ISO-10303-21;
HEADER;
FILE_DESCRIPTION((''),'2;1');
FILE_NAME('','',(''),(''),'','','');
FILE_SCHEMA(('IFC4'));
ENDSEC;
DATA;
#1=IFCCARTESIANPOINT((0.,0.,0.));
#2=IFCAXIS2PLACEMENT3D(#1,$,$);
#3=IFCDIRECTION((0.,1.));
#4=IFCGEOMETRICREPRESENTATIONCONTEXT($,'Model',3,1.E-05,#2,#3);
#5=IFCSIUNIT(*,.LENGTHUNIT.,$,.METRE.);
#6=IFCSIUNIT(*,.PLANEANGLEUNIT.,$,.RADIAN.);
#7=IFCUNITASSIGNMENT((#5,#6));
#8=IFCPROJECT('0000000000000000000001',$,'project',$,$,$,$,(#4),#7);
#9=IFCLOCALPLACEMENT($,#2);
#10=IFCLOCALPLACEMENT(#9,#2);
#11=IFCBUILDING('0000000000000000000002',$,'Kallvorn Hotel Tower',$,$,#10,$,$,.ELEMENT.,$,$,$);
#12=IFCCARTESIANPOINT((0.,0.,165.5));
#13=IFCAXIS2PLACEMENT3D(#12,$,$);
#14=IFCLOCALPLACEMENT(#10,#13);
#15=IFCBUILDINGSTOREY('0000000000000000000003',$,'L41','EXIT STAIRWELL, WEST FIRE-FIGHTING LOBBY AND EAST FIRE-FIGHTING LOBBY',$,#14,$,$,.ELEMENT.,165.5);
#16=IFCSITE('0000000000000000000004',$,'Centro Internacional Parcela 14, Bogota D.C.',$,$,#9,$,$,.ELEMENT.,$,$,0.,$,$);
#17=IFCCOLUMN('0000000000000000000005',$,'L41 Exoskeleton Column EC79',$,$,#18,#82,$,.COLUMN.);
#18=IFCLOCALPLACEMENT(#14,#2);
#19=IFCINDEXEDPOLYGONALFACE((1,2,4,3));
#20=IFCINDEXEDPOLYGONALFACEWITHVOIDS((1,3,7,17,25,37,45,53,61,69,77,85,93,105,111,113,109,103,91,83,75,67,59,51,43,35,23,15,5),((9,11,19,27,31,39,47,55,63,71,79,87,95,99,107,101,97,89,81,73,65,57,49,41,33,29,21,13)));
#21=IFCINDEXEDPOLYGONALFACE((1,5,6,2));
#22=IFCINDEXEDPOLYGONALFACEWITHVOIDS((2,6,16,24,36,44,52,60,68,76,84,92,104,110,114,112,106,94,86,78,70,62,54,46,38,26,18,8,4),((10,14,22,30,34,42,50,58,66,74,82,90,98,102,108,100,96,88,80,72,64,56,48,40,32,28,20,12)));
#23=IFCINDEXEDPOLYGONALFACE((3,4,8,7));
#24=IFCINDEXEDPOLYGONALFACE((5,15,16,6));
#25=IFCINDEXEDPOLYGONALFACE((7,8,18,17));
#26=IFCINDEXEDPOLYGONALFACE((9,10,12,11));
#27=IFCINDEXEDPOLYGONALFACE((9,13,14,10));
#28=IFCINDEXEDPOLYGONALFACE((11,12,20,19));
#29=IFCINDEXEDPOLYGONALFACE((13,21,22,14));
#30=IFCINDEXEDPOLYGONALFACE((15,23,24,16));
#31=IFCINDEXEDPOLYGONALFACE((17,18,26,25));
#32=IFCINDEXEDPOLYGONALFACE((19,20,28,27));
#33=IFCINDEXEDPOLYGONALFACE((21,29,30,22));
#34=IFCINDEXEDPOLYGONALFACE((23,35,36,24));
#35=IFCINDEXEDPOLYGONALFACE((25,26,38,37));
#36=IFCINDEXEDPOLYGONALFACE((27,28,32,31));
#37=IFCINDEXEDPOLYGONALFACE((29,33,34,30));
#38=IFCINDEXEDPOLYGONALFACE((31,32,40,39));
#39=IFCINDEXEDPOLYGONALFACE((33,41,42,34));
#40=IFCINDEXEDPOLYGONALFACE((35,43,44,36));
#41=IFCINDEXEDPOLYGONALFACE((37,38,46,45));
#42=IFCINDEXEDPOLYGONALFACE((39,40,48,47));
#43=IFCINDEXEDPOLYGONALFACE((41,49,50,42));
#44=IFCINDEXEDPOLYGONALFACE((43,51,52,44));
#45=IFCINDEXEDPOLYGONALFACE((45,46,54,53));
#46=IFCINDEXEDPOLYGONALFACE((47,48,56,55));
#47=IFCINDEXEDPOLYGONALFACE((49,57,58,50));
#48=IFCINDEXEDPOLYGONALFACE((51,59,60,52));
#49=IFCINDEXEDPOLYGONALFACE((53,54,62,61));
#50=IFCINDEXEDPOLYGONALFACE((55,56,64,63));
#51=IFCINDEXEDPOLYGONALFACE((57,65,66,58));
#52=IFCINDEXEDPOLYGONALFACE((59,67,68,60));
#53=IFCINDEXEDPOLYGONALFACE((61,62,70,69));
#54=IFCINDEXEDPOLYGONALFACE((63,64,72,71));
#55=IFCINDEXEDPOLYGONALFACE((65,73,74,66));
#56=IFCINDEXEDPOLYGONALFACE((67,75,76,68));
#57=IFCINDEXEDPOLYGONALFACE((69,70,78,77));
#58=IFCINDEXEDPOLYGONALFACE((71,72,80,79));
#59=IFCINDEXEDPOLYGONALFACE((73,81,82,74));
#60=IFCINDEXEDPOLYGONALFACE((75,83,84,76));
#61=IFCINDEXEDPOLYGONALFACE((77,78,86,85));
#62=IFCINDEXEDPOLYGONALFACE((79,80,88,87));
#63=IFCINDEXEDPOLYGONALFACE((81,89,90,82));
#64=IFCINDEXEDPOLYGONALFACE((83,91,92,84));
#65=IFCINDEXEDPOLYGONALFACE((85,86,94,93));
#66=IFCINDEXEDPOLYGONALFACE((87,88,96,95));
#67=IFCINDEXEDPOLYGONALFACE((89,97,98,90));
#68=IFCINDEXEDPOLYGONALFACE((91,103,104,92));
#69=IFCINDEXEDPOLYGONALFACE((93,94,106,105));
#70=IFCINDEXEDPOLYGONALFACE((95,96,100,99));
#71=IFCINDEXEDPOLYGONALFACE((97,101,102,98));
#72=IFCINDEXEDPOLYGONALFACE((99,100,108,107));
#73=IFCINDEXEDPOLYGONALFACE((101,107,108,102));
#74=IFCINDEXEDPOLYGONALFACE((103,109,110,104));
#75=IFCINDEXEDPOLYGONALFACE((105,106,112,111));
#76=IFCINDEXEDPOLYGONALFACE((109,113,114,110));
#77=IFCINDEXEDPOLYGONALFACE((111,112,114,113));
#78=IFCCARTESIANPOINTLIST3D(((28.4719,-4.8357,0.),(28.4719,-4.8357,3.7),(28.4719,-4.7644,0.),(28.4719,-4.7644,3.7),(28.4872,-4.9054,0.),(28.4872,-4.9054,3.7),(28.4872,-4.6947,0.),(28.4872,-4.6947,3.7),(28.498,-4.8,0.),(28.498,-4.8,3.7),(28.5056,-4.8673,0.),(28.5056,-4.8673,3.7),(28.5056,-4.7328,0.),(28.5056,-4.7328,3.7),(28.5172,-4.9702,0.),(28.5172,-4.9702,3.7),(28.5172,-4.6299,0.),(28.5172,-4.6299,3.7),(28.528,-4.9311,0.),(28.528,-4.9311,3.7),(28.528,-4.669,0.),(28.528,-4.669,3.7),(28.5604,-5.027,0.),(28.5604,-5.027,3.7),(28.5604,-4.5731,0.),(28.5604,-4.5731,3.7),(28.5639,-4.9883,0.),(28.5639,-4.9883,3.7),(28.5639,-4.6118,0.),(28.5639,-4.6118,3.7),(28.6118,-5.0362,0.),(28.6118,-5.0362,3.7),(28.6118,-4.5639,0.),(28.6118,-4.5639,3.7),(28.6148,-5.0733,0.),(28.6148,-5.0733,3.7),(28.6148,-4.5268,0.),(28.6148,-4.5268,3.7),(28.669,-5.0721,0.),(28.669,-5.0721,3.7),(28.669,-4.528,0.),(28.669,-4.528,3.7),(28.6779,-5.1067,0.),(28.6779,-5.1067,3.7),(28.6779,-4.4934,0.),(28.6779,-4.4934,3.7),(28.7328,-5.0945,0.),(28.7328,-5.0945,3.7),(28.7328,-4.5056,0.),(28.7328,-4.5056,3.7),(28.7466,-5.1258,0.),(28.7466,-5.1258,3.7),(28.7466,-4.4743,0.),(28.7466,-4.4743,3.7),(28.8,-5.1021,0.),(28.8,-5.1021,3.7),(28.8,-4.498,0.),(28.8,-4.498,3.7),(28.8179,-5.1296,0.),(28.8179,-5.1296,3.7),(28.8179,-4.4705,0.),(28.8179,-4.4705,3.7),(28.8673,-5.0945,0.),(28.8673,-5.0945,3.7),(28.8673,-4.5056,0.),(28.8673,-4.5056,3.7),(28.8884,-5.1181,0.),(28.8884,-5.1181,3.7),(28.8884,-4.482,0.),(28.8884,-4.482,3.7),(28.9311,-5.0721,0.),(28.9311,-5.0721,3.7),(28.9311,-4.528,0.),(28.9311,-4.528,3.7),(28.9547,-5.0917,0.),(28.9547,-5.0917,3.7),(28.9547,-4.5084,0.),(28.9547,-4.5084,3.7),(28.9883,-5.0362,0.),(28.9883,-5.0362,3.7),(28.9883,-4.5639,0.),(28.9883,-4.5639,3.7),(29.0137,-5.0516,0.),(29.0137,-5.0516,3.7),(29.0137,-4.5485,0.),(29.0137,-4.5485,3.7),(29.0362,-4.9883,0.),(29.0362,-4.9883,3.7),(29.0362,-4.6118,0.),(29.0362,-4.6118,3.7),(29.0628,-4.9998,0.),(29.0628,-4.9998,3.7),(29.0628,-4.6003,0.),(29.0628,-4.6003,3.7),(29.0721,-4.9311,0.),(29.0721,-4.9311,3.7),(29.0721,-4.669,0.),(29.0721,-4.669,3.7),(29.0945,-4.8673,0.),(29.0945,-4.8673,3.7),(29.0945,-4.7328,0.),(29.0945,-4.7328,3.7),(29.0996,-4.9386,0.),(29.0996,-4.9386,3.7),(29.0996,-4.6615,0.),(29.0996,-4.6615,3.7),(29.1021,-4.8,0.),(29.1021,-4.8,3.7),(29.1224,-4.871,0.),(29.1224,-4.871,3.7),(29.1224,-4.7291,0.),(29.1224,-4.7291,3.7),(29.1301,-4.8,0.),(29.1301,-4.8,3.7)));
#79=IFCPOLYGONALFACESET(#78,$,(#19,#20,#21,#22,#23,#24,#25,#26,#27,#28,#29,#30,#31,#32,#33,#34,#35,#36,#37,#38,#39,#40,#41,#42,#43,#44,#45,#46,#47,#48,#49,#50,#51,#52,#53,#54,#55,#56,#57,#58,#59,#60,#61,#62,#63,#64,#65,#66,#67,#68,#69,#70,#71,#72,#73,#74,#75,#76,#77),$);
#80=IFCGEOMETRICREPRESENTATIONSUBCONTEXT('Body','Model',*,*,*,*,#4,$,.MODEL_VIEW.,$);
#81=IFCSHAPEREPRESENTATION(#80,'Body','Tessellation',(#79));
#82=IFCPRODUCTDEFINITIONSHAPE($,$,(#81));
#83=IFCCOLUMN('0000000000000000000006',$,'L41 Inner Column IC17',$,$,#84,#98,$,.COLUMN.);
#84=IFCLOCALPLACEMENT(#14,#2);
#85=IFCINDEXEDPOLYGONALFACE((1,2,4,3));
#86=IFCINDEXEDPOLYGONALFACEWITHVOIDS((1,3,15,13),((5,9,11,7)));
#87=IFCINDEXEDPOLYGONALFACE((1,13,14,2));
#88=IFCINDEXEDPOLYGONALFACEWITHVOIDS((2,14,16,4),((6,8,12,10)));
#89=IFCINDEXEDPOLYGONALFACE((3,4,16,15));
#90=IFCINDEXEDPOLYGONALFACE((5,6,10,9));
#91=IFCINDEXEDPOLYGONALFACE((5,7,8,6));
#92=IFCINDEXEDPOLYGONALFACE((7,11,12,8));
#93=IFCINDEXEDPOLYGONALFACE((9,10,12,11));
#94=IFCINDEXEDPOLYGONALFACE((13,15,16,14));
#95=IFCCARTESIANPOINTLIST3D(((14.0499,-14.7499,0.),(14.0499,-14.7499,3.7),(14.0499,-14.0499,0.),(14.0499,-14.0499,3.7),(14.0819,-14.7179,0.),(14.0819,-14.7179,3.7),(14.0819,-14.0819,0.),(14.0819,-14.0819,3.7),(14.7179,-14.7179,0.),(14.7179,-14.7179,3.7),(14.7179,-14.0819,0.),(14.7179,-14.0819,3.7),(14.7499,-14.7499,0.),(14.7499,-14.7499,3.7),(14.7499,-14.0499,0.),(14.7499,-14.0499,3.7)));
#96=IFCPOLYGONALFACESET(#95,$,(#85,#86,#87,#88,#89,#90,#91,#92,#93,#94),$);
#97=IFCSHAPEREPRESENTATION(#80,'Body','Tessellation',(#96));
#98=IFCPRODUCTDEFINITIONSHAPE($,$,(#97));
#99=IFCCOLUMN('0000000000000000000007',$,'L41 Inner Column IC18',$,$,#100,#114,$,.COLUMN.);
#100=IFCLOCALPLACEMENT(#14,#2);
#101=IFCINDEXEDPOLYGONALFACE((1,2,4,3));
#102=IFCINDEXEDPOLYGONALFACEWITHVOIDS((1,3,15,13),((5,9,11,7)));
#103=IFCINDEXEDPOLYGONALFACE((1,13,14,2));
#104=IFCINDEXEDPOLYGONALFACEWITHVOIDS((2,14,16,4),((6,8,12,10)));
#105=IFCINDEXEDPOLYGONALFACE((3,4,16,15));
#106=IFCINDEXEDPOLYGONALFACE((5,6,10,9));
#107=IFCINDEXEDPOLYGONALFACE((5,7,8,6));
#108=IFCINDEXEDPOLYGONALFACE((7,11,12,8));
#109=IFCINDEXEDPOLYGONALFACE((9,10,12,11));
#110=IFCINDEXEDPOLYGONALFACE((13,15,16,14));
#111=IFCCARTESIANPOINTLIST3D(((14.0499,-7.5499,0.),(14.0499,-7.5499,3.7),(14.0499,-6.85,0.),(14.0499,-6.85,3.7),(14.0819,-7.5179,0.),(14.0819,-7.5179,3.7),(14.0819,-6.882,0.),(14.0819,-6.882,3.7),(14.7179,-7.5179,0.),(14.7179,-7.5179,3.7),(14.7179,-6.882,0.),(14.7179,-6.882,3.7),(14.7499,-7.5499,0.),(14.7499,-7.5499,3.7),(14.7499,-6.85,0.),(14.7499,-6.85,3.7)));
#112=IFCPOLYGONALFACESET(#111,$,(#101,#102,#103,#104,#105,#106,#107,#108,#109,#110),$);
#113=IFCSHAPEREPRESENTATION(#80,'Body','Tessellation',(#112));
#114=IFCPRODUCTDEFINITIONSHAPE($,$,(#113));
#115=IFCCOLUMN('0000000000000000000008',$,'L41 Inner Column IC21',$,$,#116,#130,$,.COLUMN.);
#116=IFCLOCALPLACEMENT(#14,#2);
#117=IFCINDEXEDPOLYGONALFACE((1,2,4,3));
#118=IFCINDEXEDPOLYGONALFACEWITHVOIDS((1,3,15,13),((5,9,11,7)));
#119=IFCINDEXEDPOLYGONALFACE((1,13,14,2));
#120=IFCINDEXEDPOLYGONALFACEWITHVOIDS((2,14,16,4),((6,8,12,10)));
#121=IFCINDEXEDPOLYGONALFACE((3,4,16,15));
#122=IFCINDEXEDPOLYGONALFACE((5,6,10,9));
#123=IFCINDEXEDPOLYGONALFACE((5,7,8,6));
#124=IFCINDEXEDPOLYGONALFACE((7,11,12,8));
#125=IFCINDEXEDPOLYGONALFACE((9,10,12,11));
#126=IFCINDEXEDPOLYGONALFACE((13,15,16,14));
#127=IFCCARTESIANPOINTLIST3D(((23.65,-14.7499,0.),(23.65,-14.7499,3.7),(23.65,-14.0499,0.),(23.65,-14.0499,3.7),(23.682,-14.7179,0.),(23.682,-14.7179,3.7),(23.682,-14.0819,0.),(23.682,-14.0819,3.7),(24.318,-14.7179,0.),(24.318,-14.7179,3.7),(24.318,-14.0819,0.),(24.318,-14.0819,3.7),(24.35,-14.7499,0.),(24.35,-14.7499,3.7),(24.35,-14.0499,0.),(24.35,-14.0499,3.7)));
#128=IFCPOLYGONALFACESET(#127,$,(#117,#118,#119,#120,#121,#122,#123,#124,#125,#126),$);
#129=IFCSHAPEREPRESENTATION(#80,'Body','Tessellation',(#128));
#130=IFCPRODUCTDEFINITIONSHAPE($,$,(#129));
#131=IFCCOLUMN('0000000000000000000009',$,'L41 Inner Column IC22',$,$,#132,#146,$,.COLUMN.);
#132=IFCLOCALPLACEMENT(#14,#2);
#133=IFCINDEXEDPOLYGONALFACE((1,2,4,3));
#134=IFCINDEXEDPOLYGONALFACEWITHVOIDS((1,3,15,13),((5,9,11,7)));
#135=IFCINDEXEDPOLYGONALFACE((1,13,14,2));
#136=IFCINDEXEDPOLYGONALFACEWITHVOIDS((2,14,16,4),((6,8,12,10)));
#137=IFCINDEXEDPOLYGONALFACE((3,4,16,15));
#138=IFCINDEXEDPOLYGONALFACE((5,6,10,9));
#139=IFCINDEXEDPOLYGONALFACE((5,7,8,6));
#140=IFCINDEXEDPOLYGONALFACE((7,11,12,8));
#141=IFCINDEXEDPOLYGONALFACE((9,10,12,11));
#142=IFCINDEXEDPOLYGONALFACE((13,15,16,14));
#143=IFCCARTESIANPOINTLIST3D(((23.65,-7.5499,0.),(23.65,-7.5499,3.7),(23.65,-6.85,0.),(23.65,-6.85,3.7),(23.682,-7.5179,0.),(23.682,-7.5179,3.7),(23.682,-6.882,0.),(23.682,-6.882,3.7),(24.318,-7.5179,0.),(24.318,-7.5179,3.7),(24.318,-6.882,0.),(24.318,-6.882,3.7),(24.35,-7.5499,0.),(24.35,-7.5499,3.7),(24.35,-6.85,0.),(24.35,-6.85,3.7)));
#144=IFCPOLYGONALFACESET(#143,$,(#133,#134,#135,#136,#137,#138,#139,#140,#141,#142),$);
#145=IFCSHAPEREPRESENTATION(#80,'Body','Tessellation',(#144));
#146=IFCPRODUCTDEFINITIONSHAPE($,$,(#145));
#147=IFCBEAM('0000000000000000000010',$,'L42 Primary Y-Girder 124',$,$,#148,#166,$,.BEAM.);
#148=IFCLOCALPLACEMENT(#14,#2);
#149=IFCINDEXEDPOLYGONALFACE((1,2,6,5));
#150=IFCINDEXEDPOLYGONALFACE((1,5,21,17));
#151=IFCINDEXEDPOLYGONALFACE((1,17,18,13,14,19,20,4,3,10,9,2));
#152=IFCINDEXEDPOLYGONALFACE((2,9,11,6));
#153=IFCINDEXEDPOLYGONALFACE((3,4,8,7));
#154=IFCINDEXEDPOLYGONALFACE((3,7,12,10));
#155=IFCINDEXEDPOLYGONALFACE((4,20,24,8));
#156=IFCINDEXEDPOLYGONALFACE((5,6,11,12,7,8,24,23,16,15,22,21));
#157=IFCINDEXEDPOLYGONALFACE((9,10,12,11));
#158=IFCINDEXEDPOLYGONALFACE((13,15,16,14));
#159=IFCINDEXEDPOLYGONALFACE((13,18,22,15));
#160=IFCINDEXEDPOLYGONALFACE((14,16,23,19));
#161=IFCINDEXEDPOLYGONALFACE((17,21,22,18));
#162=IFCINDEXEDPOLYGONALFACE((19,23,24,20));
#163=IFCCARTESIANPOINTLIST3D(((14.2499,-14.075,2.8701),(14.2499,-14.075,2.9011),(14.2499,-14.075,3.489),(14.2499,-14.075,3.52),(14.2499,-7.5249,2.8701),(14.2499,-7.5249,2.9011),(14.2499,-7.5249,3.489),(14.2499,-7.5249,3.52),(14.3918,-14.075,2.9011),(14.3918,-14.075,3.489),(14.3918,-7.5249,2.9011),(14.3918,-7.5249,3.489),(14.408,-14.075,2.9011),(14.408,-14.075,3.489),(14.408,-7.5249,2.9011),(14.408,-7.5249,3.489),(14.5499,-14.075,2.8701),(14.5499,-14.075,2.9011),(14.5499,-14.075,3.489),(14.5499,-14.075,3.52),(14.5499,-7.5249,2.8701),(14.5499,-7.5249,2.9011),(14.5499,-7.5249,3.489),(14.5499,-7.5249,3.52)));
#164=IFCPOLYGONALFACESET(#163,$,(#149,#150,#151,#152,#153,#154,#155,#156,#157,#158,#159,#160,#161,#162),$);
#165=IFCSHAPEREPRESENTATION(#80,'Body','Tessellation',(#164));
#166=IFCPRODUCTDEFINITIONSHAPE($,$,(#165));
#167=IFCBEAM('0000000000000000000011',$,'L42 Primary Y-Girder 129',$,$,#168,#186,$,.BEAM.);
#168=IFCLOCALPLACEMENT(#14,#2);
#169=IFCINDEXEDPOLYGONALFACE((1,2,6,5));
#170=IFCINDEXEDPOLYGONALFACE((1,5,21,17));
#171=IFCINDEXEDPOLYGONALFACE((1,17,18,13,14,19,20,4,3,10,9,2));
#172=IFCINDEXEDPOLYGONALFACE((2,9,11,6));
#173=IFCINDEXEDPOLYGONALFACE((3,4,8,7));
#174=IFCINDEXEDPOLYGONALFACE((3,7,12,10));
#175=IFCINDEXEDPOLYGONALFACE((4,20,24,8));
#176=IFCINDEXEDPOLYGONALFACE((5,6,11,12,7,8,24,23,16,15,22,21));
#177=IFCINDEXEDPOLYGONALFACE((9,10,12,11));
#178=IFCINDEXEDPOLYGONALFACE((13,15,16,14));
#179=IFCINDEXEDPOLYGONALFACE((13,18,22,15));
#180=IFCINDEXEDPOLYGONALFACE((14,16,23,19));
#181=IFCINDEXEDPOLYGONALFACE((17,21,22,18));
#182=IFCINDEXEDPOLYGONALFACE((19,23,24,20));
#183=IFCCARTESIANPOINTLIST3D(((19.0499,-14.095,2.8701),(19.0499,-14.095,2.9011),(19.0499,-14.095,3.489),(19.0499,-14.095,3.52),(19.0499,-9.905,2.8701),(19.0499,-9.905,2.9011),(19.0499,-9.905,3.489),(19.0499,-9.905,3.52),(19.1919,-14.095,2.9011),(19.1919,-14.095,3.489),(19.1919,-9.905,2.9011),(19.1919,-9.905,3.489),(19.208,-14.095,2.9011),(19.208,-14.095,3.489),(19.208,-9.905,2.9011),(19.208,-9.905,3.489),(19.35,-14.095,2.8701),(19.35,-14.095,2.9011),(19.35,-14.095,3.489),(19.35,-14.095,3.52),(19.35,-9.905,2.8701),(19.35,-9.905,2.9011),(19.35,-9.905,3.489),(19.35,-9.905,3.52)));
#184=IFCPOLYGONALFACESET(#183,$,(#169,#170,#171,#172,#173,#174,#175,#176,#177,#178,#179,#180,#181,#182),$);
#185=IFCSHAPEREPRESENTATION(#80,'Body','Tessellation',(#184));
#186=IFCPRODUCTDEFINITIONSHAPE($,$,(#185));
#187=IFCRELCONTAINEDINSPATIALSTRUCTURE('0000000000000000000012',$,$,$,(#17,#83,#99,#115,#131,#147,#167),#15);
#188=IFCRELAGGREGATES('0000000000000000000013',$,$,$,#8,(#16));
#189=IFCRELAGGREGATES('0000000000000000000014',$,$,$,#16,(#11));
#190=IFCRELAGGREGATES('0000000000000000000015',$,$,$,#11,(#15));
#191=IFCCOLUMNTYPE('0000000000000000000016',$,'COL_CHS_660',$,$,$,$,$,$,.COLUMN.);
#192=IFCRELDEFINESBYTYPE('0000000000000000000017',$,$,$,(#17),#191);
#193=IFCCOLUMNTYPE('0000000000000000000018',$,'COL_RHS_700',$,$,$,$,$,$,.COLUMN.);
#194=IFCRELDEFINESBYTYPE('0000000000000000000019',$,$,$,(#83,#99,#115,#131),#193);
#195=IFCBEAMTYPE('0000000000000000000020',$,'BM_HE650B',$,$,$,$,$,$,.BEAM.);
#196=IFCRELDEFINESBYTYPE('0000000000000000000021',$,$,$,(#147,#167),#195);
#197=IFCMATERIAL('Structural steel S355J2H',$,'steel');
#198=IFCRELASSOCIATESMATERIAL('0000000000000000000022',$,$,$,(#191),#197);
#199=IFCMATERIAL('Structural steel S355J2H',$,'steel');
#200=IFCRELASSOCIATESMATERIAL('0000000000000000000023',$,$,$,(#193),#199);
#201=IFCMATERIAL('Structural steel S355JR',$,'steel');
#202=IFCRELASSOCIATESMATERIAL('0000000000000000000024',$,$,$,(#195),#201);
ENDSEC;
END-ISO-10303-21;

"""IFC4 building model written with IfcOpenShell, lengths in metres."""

from ifc_helpers import new_model, si_unit, direction, frame, origin, origin_2d, place, context, subcontext, project, spatial, hollow_rectangle, hollow_circle, i_section, extrude, material, material_profile, profile_set, type_object, element, save


model = new_model("IFC4")

# Units and contexts
model_context = context("Model", 3, precision=1e-05, world=origin(), true_north=direction((0.0, 1.0)))
body_context = subcontext(model_context, "Body", "Model", "MODEL_VIEW")
ifc_project = project(units=[si_unit("LENGTHUNIT", "METRE"), si_unit("PLANEANGLEUNIT", "RADIAN")], contexts=[model_context])

# Site, building, storey
site_placement = place(None, origin())
site = spatial("IfcSite", under=ifc_project, at=site_placement, Name="Centro Internacional Parcela 14, Bogota D.C.", CompositionType="ELEMENT", RefElevation=0.0)
building_placement = place(site_placement, origin())
building = spatial("IfcBuilding", under=site, at=building_placement, Name="Kallvorn Hotel Tower", CompositionType="ELEMENT")
storey_placement = place(building_placement, frame((0.0, 0.0, 165.5)))
storey = spatial("IfcBuildingStorey", under=building, at=storey_placement, Name="L41", Description="EXIT STAIRWELL, WEST FIRE-FIGHTING LOBBY AND EAST FIRE-FIGHTING LOBBY", CompositionType="ELEMENT", Elevation=165.5)

# Columns
ifc_material_1 = material(Name="Structural steel S355J2H", Category="steel")
ifc_material_profile_1 = material_profile(ifc_material_1, hollow_circle(Radius=0.3301, WallThickness=0.0281, at=origin_2d()), Name="CHS 660x28")
ifc_profile_set_1 = profile_set([ifc_material_profile_1], Name="Structural steel S355J2H")
column_type_1 = type_object("IfcColumnType", Name="COL_CHS_660", PredefinedType="COLUMN", material=ifc_profile_set_1)
for number, where, z_axis, x_axis, name in (
    (1, (28.8, -4.8, 0.0), (0.0, 0.0, 1.0), (1.0, 0.0, 0.0), "L41 Exoskeleton Column EC79"),
):
    element("IfcColumn", number, at=place(storey_placement, frame(where, z_axis=z_axis, x_axis=x_axis)), inside=storey, type_object=column_type_1, Name=name, PredefinedType="COLUMN", context=body_context, shape_type="SweptSolid", body=[
        extrude(hollow_circle(Radius=0.3301, WallThickness=0.0281, at=origin_2d()), origin(), (0.0, 0.0, 1.0), 3.7),
    ])
ifc_material_2 = material(Name="Structural steel S355J2H", Category="steel")
ifc_material_profile_2 = material_profile(ifc_material_2, hollow_rectangle(XDim=0.7, YDim=0.7, WallThickness=0.032, at=origin_2d()), Name="RHS 700x700x32")
ifc_profile_set_2 = profile_set([ifc_material_profile_2], Name="Structural steel S355J2H")
column_type_2 = type_object("IfcColumnType", Name="COL_RHS_700", PredefinedType="COLUMN", material=ifc_profile_set_2)
for number, where, z_axis, x_axis, name in (
    (2, (14.3999, -14.3999, 0.0), (0.0, 0.0, 1.0), (1.0, 0.0, 0.0), "L41 Inner Column IC17"),
    (3, (14.3999, -7.2, 0.0), (0.0, 0.0, 1.0), (1.0, 0.0, 0.0), "L41 Inner Column IC18"),
    (4, (24.0, -14.3999, 0.0), (0.0, 0.0, 1.0), (1.0, 0.0, 0.0), "L41 Inner Column IC21"),
    (5, (24.0, -7.2, 0.0), (0.0, 0.0, 1.0), (1.0, 0.0, 0.0), "L41 Inner Column IC22"),
):
    element("IfcColumn", number, at=place(storey_placement, frame(where, z_axis=z_axis, x_axis=x_axis)), inside=storey, type_object=column_type_2, Name=name, PredefinedType="COLUMN", context=body_context, shape_type="SweptSolid", body=[
        extrude(hollow_rectangle(XDim=0.7, YDim=0.7, WallThickness=0.032, at=origin_2d()), origin(), (0.0, 0.0, 1.0), 3.7),
    ])

# Beams
ifc_material_3 = material(Name="Structural steel S355JR", Category="steel")
ifc_material_profile_3 = material_profile(ifc_material_3, i_section(OverallWidth=0.3, OverallDepth=0.6499, WebThickness=0.0161, FlangeThickness=0.031, at=origin_2d()), Name="HE 650 B")
ifc_profile_set_3 = profile_set([ifc_material_profile_3], Name="Structural steel S355JR")
beam_type_1 = type_object("IfcBeamType", Name="BM_HE650B", PredefinedType="BEAM", material=ifc_profile_set_3)
beam_1_placement = place(storey_placement, frame((14.3999, -14.075, 3.1951), z_axis=(0.0, 1.0, 0.0), x_axis=(-1.0, 0.0, 0.0)))
element("IfcBeam", 6, at=beam_1_placement, inside=storey, type_object=beam_type_1, Name="L42 Primary Y-Girder 124", PredefinedType="BEAM", context=body_context, shape_type="SweptSolid", body=[
    extrude(i_section(OverallWidth=0.3, OverallDepth=0.6499, WebThickness=0.0161, FlangeThickness=0.031, at=origin_2d()), origin(), (0.0, 0.0, 1.0), 6.55),
])
beam_2_placement = place(storey_placement, frame((19.2, -14.095, 3.1951), z_axis=(0.0, 1.0, 0.0), x_axis=(-1.0, 0.0, 0.0)))
element("IfcBeam", 7, at=beam_2_placement, inside=storey, type_object=beam_type_1, Name="L42 Primary Y-Girder 129", PredefinedType="BEAM", context=body_context, shape_type="SweptSolid", body=[
    extrude(i_section(OverallWidth=0.3, OverallDepth=0.6499, WebThickness=0.0161, FlangeThickness=0.031, at=origin_2d()), origin(), (0.0, 0.0, 1.0), 4.1899),
])

save(model, "model.ifc")
